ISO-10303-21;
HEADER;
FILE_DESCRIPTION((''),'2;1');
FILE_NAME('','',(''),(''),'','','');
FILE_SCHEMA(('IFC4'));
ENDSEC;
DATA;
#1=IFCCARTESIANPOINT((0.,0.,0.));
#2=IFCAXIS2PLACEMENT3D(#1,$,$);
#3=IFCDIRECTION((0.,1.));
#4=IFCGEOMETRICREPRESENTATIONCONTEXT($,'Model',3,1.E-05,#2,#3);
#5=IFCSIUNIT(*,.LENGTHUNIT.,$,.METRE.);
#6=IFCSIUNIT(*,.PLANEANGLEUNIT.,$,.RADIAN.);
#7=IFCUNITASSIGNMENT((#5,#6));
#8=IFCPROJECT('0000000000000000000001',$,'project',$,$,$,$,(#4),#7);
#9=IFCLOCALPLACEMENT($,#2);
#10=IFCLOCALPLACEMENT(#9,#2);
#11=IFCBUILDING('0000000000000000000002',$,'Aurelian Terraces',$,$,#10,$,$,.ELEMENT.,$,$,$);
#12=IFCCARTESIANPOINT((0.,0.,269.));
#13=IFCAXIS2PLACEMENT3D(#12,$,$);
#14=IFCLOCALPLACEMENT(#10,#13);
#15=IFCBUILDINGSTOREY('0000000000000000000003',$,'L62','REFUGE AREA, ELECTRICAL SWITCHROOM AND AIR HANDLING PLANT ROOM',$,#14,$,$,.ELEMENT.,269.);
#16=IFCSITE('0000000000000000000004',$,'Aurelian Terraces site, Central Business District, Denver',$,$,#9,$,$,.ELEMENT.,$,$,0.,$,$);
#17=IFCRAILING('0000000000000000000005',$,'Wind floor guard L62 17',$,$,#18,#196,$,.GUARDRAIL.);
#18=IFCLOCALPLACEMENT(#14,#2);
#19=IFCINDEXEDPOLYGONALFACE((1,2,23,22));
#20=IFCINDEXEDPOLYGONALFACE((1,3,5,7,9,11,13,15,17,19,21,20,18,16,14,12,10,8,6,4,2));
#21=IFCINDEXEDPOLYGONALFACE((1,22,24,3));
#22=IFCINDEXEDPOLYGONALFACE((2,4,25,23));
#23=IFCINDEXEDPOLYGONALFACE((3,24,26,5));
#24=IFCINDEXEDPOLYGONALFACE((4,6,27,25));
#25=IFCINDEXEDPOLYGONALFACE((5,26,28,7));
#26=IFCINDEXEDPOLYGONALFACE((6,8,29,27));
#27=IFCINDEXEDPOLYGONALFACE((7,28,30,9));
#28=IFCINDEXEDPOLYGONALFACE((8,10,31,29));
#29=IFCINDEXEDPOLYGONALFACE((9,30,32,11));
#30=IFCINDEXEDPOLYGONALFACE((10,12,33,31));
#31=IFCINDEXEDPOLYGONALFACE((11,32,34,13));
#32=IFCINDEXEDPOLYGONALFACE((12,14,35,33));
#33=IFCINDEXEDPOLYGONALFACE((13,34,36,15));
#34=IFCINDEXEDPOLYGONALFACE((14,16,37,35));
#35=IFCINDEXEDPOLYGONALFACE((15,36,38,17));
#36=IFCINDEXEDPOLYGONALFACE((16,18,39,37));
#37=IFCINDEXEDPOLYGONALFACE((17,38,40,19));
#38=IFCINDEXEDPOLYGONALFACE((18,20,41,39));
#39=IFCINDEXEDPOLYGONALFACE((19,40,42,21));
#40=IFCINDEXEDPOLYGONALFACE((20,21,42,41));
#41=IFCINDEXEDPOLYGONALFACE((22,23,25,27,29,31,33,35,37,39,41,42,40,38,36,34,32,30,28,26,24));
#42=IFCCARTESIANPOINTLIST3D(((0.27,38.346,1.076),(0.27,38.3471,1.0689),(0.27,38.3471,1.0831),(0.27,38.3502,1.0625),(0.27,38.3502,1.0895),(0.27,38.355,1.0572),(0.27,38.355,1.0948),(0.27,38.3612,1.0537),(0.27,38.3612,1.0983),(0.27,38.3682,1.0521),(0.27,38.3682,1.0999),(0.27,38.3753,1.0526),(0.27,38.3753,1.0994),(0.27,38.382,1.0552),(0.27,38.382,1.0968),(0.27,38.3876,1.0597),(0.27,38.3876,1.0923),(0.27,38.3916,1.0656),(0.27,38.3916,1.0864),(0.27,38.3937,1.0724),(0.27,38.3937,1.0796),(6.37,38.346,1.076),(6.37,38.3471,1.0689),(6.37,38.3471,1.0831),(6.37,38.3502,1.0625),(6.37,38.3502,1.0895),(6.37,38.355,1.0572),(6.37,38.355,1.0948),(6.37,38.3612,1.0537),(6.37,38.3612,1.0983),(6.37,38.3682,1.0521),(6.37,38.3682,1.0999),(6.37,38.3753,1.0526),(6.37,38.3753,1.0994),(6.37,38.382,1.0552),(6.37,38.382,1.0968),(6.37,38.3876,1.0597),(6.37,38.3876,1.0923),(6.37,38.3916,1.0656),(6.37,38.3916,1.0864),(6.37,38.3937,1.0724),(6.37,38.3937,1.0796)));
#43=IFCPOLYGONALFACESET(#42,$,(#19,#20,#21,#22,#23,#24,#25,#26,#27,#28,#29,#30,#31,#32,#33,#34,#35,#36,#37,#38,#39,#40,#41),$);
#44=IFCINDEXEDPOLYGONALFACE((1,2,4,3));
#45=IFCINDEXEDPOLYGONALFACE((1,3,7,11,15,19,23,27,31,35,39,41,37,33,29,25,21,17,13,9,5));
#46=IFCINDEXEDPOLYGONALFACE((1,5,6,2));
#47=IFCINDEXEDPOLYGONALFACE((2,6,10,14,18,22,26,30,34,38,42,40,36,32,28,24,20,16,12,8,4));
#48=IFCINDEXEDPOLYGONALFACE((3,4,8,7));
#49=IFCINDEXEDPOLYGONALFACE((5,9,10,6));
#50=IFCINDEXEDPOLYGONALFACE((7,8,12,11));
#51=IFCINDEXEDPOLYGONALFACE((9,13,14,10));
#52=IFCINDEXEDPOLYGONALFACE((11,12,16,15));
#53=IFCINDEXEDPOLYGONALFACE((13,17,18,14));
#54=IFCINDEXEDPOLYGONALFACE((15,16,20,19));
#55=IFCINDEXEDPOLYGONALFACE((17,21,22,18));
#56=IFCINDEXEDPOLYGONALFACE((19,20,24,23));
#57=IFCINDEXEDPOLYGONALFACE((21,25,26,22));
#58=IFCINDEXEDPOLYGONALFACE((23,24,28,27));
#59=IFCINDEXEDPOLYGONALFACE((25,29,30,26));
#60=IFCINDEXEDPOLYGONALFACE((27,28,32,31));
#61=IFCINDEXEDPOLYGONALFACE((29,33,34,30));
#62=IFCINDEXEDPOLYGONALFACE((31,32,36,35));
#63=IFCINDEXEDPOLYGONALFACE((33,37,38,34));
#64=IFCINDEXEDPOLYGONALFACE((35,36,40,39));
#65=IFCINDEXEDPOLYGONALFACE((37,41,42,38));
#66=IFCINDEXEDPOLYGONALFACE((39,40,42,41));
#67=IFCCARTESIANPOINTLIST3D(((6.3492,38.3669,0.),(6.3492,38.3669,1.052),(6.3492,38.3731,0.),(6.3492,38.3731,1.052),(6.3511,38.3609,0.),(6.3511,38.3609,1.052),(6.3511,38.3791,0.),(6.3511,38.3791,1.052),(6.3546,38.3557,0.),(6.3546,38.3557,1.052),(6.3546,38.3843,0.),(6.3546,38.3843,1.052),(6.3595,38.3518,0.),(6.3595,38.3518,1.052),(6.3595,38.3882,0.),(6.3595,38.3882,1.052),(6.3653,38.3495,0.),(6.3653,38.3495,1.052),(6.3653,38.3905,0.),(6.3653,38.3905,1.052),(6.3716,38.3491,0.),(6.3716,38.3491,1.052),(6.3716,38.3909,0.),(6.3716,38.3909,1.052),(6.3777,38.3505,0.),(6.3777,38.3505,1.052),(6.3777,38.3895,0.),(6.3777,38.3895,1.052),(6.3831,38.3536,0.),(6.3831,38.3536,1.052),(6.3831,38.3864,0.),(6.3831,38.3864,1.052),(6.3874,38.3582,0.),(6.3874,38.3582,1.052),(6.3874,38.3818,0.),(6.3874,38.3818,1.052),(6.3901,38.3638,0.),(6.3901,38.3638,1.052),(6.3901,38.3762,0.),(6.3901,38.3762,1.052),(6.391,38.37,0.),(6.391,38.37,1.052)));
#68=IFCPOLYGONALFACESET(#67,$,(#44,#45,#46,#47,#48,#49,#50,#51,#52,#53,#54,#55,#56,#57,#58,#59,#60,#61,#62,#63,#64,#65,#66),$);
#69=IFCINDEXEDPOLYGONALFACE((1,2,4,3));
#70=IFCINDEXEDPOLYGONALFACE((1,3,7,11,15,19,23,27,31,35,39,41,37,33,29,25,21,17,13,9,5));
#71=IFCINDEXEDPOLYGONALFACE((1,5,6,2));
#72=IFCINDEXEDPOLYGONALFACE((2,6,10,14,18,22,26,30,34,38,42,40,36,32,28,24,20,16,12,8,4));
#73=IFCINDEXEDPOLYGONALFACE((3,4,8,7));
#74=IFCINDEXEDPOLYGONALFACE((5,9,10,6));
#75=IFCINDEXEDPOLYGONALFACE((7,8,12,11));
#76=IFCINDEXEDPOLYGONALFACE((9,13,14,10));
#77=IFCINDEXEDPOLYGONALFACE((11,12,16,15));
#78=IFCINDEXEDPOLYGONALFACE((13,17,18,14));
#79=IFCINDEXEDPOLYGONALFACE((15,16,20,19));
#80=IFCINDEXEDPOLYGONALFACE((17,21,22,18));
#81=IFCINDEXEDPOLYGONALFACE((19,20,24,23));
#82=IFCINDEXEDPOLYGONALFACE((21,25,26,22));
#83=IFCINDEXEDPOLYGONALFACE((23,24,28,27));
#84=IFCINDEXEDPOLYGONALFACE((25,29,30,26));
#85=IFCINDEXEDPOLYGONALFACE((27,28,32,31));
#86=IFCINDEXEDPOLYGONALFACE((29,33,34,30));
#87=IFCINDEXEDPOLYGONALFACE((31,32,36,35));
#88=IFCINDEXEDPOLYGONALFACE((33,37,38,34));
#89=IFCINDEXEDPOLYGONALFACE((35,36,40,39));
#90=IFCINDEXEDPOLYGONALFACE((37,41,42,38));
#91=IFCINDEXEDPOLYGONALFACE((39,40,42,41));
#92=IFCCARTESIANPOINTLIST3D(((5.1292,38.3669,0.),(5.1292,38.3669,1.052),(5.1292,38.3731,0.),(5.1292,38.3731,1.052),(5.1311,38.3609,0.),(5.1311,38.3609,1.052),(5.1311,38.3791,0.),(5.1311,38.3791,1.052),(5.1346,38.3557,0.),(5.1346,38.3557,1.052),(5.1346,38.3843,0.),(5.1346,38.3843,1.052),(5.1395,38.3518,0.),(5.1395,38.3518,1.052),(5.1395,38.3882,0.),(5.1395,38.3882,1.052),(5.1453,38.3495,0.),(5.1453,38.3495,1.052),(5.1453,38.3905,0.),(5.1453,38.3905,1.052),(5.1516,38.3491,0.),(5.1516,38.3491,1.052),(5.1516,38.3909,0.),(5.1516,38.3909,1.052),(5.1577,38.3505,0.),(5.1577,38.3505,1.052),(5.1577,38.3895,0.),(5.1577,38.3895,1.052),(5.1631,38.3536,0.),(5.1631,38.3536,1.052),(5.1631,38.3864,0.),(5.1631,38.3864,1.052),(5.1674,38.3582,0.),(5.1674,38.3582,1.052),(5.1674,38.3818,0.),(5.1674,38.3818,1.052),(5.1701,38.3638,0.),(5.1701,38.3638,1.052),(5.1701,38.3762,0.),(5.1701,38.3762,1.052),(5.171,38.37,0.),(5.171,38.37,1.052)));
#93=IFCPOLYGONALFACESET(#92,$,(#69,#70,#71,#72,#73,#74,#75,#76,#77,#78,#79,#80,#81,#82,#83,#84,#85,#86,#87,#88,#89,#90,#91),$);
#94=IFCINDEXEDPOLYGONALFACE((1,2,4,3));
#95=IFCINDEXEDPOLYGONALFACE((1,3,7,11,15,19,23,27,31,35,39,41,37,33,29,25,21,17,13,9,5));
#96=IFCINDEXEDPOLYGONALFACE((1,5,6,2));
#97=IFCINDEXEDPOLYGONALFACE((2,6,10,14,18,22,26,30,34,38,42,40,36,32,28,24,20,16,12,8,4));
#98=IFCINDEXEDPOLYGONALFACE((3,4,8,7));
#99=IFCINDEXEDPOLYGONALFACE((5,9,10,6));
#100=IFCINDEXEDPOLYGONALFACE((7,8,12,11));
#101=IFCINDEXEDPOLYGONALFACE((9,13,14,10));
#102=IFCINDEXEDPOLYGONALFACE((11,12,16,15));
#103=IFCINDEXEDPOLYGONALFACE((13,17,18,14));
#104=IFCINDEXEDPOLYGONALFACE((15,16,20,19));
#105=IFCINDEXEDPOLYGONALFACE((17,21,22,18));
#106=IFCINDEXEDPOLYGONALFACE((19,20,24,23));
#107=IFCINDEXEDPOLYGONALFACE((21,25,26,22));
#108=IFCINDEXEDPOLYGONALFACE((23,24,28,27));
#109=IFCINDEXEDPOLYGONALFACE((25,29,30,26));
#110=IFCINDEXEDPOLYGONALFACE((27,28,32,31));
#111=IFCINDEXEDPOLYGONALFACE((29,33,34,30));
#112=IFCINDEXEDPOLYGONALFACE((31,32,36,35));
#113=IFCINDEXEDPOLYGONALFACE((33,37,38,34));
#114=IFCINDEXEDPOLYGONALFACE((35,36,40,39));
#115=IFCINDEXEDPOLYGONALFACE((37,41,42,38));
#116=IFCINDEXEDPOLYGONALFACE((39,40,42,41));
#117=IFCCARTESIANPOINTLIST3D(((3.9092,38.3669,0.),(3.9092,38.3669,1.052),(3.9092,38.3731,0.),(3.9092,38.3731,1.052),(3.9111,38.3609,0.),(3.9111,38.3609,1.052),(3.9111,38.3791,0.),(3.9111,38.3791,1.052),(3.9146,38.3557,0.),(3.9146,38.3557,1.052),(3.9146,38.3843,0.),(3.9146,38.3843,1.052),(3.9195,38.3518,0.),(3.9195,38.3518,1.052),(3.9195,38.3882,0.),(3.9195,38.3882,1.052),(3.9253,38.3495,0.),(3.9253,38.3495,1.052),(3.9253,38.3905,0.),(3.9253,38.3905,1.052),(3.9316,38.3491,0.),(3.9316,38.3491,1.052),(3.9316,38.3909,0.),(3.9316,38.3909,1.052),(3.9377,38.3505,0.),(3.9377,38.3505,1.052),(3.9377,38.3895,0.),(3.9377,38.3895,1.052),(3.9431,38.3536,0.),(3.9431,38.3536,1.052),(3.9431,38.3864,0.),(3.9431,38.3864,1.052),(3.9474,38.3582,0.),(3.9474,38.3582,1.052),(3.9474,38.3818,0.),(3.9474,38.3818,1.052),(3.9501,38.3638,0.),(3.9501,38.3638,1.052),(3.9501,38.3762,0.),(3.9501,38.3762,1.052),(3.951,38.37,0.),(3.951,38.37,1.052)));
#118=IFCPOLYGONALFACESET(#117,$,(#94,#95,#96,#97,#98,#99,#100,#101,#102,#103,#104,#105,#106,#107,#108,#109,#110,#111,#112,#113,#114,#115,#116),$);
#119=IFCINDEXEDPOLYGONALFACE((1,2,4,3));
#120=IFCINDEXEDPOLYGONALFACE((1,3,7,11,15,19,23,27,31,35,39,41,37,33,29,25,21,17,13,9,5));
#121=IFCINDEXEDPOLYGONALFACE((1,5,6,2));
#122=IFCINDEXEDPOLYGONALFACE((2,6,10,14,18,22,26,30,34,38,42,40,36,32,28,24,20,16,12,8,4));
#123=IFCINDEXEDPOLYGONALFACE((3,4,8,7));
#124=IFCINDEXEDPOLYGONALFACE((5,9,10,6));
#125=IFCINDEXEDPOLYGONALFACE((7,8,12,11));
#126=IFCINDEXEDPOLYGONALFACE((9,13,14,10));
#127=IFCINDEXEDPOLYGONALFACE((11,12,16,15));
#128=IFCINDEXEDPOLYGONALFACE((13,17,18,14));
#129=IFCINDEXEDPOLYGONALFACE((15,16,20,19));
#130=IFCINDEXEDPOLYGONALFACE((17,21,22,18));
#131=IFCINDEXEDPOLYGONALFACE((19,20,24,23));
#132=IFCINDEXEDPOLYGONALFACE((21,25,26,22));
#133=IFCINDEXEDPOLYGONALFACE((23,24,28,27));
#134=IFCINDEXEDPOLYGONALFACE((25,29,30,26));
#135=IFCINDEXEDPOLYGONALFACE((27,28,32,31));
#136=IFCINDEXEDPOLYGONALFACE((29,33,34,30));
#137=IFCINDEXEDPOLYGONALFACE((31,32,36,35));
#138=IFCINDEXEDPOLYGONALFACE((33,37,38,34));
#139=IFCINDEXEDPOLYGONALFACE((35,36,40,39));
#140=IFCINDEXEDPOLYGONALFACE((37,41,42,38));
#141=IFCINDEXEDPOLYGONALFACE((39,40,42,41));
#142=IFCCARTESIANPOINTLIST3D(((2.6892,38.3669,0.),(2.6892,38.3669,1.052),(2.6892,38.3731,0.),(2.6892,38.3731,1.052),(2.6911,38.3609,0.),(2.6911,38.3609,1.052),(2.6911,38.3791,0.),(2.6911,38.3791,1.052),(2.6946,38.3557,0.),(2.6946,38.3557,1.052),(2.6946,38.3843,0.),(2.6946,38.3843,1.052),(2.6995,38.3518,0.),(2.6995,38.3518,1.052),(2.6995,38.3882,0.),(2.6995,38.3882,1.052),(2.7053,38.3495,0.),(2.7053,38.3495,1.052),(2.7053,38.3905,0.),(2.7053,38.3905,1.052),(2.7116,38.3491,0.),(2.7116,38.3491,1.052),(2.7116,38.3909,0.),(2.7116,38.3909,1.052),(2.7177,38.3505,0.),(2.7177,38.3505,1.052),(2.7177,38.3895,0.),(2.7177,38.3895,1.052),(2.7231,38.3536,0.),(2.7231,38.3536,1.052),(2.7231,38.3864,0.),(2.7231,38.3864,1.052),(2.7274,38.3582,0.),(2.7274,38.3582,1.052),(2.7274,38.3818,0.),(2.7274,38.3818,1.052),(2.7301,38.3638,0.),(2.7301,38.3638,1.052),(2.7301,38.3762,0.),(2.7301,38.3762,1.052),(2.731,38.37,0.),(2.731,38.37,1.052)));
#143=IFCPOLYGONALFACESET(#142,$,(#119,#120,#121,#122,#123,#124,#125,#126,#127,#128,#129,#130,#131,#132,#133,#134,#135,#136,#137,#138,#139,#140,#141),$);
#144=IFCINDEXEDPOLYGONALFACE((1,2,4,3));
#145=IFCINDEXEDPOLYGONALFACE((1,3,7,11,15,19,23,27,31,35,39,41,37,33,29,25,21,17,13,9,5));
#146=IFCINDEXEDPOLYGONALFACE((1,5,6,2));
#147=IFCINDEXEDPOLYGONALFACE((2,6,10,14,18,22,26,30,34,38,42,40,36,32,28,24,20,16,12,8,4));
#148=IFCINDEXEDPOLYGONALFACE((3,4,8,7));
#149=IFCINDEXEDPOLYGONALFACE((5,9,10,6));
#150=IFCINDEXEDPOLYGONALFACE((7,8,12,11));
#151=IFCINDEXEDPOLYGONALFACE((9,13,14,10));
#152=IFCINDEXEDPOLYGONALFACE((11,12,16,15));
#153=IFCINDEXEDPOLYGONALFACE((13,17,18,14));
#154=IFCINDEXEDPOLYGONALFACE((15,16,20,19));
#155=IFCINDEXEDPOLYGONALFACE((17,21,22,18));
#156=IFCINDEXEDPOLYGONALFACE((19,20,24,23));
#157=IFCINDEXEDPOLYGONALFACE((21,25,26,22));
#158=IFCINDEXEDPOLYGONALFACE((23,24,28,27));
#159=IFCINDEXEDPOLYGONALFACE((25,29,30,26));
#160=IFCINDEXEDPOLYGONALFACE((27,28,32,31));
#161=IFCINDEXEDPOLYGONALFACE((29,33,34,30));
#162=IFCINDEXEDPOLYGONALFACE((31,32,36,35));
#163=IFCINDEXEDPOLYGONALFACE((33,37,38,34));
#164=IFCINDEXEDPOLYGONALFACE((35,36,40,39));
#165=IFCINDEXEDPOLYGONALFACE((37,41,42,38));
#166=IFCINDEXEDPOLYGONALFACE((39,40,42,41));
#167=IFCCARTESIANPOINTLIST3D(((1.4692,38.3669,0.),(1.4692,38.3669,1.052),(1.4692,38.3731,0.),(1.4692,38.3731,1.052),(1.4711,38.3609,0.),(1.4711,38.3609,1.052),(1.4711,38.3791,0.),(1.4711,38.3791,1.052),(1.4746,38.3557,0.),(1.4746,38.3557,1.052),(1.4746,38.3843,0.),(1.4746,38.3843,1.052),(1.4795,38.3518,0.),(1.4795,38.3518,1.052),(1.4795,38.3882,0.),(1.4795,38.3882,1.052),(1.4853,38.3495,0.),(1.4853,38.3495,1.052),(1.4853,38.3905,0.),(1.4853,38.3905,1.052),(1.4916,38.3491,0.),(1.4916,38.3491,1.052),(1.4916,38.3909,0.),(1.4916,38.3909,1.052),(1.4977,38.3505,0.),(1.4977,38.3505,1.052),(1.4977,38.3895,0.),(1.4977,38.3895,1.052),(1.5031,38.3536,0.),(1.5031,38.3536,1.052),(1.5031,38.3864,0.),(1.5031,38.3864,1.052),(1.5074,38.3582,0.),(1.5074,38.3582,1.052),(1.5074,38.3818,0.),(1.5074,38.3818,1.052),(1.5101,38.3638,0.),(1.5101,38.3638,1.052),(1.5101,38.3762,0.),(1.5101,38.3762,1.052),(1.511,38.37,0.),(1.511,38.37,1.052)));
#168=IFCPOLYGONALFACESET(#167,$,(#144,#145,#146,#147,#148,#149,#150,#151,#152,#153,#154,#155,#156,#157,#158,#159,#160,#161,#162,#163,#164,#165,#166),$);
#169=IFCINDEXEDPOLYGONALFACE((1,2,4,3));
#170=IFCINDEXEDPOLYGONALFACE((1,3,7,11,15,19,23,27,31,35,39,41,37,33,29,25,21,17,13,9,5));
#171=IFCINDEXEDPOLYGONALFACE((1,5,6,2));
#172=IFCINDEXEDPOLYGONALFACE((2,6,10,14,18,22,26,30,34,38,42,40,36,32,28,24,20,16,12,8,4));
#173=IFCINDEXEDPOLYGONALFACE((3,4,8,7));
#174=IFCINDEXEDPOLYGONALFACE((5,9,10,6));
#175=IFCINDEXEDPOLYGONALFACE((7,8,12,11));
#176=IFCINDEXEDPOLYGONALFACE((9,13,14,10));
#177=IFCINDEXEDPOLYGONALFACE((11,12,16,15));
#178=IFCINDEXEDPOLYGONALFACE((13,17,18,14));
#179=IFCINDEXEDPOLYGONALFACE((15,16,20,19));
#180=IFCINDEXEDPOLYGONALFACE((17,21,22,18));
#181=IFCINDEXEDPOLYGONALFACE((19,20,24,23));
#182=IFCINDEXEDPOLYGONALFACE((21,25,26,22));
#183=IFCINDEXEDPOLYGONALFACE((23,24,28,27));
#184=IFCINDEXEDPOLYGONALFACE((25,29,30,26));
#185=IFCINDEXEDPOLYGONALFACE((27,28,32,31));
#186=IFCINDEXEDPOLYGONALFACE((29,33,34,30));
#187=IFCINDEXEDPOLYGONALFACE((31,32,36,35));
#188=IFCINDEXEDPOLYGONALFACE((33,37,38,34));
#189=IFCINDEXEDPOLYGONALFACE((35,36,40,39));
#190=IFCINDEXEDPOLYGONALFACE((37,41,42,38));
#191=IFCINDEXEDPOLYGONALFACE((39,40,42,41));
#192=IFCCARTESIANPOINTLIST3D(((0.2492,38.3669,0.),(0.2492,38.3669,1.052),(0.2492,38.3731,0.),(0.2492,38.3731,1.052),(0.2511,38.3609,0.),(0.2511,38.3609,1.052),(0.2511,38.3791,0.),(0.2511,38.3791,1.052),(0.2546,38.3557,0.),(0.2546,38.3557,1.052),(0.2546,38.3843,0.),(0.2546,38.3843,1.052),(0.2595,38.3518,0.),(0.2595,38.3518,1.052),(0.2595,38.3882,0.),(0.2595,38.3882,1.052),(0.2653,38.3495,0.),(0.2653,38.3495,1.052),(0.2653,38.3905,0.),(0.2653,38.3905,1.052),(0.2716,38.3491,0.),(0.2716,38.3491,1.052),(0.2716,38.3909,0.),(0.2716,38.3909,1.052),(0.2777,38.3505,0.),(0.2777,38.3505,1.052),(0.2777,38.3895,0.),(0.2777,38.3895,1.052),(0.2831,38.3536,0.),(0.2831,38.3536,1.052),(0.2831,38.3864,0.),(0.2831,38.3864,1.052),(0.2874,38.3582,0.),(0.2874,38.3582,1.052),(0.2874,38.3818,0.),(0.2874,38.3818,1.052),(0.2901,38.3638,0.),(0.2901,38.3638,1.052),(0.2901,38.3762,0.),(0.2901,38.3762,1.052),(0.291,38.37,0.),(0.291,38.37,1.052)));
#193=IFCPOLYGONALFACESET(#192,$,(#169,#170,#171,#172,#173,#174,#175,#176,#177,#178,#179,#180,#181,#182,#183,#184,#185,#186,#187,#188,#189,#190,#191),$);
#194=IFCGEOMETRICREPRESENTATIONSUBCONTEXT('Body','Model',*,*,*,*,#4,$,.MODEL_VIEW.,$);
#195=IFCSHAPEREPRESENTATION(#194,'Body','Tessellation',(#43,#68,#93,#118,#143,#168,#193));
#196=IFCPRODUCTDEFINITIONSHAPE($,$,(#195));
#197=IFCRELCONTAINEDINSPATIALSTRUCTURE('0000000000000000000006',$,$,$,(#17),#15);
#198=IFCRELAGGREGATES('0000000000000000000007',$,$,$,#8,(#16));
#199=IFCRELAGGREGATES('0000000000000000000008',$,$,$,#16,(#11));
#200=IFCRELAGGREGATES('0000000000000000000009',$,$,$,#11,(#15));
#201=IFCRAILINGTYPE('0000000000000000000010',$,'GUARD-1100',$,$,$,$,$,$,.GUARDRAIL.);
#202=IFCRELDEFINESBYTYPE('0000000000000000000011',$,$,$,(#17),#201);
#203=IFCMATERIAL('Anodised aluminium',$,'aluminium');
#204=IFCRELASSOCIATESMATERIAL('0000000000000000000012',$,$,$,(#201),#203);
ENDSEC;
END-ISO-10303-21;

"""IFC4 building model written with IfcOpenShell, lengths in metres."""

from ifc_helpers import new_model, si_unit, direction, frame, origin, origin_2d, place, context, subcontext, project, spatial, circle, extrude, source, transform, mapped, material, type_object, element, save


model = new_model("IFC4")

# Units and contexts
model_context = context("Model", 3, precision=1e-05, world=origin(), true_north=direction((0.0, 1.0)))
body_context = subcontext(model_context, "Body", "Model", "MODEL_VIEW")
ifc_project = project(units=[si_unit("LENGTHUNIT", "METRE"), si_unit("PLANEANGLEUNIT", "RADIAN")], contexts=[model_context])

# Site, building, storey
site_placement = place(None, origin())
site = spatial("IfcSite", under=ifc_project, at=site_placement, Name="Aurelian Terraces site, Central Business District, Denver", CompositionType="ELEMENT", RefElevation=0.0)
building_placement = place(site_placement, origin())
building = spatial("IfcBuilding", under=site, at=building_placement, Name="Aurelian Terraces", CompositionType="ELEMENT")
storey_placement = place(building_placement, frame((0.0, 0.0, 269.0)))
storey = spatial("IfcBuildingStorey", under=building, at=storey_placement, Name="L62", Description="REFUGE AREA, ELECTRICAL SWITCHROOM AND AIR HANDLING PLANT ROOM", CompositionType="ELEMENT", Elevation=269.0)

# Railing
ifc_material_1 = material(Name="Anodised aluminium", Category="aluminium")
railing_type = type_object("IfcRailingType", Name="GUARD-1100", PredefinedType="GUARDRAIL", material=ifc_material_1)
shared_shape_1 = source(origin(), body_context, "Body", "SweptSolid", [
    extrude(circle(Radius=0.024, at=origin_2d()), frame((0.0, 0.0, 1.076), z_axis=(-1.0, 0.0, 0.0), x_axis=(0.0, -1.0, 0.0)), (0.0, 0.0, 1.0), 6.1),
    extrude(circle(Radius=0.021, at=origin_2d()), origin(), (0.0, 0.0, 1.0), 1.052),
    extrude(circle(Radius=0.021, at=origin_2d()), frame((-1.22, 0.0, 0.0)), (0.0, 0.0, 1.0), 1.052),
    extrude(circle(Radius=0.021, at=origin_2d()), frame((-2.44, 0.0, 0.0)), (0.0, 0.0, 1.0), 1.052),
    extrude(circle(Radius=0.021, at=origin_2d()), frame((-3.66, 0.0, 0.0)), (0.0, 0.0, 1.0), 1.052),
    extrude(circle(Radius=0.021, at=origin_2d()), frame((-4.88, 0.0, 0.0)), (0.0, 0.0, 1.0), 1.052),
    extrude(circle(Radius=0.021, at=origin_2d()), frame((-6.1, 0.0, 0.0)), (0.0, 0.0, 1.0), 1.052),
])
railing_1_placement = place(storey_placement, frame((6.37, 38.37, 0.0)))
element("IfcRailing", 1, at=railing_1_placement, inside=storey, type_object=railing_type, Name="Wind floor guard L62 17", PredefinedType="GUARDRAIL", context=body_context, shape_type="MappedRepresentation", body=[
    mapped(shared_shape_1, transform((0.0, 0.0, 0.0), scale=1.0)),
])

save(model, "model.ifc")
